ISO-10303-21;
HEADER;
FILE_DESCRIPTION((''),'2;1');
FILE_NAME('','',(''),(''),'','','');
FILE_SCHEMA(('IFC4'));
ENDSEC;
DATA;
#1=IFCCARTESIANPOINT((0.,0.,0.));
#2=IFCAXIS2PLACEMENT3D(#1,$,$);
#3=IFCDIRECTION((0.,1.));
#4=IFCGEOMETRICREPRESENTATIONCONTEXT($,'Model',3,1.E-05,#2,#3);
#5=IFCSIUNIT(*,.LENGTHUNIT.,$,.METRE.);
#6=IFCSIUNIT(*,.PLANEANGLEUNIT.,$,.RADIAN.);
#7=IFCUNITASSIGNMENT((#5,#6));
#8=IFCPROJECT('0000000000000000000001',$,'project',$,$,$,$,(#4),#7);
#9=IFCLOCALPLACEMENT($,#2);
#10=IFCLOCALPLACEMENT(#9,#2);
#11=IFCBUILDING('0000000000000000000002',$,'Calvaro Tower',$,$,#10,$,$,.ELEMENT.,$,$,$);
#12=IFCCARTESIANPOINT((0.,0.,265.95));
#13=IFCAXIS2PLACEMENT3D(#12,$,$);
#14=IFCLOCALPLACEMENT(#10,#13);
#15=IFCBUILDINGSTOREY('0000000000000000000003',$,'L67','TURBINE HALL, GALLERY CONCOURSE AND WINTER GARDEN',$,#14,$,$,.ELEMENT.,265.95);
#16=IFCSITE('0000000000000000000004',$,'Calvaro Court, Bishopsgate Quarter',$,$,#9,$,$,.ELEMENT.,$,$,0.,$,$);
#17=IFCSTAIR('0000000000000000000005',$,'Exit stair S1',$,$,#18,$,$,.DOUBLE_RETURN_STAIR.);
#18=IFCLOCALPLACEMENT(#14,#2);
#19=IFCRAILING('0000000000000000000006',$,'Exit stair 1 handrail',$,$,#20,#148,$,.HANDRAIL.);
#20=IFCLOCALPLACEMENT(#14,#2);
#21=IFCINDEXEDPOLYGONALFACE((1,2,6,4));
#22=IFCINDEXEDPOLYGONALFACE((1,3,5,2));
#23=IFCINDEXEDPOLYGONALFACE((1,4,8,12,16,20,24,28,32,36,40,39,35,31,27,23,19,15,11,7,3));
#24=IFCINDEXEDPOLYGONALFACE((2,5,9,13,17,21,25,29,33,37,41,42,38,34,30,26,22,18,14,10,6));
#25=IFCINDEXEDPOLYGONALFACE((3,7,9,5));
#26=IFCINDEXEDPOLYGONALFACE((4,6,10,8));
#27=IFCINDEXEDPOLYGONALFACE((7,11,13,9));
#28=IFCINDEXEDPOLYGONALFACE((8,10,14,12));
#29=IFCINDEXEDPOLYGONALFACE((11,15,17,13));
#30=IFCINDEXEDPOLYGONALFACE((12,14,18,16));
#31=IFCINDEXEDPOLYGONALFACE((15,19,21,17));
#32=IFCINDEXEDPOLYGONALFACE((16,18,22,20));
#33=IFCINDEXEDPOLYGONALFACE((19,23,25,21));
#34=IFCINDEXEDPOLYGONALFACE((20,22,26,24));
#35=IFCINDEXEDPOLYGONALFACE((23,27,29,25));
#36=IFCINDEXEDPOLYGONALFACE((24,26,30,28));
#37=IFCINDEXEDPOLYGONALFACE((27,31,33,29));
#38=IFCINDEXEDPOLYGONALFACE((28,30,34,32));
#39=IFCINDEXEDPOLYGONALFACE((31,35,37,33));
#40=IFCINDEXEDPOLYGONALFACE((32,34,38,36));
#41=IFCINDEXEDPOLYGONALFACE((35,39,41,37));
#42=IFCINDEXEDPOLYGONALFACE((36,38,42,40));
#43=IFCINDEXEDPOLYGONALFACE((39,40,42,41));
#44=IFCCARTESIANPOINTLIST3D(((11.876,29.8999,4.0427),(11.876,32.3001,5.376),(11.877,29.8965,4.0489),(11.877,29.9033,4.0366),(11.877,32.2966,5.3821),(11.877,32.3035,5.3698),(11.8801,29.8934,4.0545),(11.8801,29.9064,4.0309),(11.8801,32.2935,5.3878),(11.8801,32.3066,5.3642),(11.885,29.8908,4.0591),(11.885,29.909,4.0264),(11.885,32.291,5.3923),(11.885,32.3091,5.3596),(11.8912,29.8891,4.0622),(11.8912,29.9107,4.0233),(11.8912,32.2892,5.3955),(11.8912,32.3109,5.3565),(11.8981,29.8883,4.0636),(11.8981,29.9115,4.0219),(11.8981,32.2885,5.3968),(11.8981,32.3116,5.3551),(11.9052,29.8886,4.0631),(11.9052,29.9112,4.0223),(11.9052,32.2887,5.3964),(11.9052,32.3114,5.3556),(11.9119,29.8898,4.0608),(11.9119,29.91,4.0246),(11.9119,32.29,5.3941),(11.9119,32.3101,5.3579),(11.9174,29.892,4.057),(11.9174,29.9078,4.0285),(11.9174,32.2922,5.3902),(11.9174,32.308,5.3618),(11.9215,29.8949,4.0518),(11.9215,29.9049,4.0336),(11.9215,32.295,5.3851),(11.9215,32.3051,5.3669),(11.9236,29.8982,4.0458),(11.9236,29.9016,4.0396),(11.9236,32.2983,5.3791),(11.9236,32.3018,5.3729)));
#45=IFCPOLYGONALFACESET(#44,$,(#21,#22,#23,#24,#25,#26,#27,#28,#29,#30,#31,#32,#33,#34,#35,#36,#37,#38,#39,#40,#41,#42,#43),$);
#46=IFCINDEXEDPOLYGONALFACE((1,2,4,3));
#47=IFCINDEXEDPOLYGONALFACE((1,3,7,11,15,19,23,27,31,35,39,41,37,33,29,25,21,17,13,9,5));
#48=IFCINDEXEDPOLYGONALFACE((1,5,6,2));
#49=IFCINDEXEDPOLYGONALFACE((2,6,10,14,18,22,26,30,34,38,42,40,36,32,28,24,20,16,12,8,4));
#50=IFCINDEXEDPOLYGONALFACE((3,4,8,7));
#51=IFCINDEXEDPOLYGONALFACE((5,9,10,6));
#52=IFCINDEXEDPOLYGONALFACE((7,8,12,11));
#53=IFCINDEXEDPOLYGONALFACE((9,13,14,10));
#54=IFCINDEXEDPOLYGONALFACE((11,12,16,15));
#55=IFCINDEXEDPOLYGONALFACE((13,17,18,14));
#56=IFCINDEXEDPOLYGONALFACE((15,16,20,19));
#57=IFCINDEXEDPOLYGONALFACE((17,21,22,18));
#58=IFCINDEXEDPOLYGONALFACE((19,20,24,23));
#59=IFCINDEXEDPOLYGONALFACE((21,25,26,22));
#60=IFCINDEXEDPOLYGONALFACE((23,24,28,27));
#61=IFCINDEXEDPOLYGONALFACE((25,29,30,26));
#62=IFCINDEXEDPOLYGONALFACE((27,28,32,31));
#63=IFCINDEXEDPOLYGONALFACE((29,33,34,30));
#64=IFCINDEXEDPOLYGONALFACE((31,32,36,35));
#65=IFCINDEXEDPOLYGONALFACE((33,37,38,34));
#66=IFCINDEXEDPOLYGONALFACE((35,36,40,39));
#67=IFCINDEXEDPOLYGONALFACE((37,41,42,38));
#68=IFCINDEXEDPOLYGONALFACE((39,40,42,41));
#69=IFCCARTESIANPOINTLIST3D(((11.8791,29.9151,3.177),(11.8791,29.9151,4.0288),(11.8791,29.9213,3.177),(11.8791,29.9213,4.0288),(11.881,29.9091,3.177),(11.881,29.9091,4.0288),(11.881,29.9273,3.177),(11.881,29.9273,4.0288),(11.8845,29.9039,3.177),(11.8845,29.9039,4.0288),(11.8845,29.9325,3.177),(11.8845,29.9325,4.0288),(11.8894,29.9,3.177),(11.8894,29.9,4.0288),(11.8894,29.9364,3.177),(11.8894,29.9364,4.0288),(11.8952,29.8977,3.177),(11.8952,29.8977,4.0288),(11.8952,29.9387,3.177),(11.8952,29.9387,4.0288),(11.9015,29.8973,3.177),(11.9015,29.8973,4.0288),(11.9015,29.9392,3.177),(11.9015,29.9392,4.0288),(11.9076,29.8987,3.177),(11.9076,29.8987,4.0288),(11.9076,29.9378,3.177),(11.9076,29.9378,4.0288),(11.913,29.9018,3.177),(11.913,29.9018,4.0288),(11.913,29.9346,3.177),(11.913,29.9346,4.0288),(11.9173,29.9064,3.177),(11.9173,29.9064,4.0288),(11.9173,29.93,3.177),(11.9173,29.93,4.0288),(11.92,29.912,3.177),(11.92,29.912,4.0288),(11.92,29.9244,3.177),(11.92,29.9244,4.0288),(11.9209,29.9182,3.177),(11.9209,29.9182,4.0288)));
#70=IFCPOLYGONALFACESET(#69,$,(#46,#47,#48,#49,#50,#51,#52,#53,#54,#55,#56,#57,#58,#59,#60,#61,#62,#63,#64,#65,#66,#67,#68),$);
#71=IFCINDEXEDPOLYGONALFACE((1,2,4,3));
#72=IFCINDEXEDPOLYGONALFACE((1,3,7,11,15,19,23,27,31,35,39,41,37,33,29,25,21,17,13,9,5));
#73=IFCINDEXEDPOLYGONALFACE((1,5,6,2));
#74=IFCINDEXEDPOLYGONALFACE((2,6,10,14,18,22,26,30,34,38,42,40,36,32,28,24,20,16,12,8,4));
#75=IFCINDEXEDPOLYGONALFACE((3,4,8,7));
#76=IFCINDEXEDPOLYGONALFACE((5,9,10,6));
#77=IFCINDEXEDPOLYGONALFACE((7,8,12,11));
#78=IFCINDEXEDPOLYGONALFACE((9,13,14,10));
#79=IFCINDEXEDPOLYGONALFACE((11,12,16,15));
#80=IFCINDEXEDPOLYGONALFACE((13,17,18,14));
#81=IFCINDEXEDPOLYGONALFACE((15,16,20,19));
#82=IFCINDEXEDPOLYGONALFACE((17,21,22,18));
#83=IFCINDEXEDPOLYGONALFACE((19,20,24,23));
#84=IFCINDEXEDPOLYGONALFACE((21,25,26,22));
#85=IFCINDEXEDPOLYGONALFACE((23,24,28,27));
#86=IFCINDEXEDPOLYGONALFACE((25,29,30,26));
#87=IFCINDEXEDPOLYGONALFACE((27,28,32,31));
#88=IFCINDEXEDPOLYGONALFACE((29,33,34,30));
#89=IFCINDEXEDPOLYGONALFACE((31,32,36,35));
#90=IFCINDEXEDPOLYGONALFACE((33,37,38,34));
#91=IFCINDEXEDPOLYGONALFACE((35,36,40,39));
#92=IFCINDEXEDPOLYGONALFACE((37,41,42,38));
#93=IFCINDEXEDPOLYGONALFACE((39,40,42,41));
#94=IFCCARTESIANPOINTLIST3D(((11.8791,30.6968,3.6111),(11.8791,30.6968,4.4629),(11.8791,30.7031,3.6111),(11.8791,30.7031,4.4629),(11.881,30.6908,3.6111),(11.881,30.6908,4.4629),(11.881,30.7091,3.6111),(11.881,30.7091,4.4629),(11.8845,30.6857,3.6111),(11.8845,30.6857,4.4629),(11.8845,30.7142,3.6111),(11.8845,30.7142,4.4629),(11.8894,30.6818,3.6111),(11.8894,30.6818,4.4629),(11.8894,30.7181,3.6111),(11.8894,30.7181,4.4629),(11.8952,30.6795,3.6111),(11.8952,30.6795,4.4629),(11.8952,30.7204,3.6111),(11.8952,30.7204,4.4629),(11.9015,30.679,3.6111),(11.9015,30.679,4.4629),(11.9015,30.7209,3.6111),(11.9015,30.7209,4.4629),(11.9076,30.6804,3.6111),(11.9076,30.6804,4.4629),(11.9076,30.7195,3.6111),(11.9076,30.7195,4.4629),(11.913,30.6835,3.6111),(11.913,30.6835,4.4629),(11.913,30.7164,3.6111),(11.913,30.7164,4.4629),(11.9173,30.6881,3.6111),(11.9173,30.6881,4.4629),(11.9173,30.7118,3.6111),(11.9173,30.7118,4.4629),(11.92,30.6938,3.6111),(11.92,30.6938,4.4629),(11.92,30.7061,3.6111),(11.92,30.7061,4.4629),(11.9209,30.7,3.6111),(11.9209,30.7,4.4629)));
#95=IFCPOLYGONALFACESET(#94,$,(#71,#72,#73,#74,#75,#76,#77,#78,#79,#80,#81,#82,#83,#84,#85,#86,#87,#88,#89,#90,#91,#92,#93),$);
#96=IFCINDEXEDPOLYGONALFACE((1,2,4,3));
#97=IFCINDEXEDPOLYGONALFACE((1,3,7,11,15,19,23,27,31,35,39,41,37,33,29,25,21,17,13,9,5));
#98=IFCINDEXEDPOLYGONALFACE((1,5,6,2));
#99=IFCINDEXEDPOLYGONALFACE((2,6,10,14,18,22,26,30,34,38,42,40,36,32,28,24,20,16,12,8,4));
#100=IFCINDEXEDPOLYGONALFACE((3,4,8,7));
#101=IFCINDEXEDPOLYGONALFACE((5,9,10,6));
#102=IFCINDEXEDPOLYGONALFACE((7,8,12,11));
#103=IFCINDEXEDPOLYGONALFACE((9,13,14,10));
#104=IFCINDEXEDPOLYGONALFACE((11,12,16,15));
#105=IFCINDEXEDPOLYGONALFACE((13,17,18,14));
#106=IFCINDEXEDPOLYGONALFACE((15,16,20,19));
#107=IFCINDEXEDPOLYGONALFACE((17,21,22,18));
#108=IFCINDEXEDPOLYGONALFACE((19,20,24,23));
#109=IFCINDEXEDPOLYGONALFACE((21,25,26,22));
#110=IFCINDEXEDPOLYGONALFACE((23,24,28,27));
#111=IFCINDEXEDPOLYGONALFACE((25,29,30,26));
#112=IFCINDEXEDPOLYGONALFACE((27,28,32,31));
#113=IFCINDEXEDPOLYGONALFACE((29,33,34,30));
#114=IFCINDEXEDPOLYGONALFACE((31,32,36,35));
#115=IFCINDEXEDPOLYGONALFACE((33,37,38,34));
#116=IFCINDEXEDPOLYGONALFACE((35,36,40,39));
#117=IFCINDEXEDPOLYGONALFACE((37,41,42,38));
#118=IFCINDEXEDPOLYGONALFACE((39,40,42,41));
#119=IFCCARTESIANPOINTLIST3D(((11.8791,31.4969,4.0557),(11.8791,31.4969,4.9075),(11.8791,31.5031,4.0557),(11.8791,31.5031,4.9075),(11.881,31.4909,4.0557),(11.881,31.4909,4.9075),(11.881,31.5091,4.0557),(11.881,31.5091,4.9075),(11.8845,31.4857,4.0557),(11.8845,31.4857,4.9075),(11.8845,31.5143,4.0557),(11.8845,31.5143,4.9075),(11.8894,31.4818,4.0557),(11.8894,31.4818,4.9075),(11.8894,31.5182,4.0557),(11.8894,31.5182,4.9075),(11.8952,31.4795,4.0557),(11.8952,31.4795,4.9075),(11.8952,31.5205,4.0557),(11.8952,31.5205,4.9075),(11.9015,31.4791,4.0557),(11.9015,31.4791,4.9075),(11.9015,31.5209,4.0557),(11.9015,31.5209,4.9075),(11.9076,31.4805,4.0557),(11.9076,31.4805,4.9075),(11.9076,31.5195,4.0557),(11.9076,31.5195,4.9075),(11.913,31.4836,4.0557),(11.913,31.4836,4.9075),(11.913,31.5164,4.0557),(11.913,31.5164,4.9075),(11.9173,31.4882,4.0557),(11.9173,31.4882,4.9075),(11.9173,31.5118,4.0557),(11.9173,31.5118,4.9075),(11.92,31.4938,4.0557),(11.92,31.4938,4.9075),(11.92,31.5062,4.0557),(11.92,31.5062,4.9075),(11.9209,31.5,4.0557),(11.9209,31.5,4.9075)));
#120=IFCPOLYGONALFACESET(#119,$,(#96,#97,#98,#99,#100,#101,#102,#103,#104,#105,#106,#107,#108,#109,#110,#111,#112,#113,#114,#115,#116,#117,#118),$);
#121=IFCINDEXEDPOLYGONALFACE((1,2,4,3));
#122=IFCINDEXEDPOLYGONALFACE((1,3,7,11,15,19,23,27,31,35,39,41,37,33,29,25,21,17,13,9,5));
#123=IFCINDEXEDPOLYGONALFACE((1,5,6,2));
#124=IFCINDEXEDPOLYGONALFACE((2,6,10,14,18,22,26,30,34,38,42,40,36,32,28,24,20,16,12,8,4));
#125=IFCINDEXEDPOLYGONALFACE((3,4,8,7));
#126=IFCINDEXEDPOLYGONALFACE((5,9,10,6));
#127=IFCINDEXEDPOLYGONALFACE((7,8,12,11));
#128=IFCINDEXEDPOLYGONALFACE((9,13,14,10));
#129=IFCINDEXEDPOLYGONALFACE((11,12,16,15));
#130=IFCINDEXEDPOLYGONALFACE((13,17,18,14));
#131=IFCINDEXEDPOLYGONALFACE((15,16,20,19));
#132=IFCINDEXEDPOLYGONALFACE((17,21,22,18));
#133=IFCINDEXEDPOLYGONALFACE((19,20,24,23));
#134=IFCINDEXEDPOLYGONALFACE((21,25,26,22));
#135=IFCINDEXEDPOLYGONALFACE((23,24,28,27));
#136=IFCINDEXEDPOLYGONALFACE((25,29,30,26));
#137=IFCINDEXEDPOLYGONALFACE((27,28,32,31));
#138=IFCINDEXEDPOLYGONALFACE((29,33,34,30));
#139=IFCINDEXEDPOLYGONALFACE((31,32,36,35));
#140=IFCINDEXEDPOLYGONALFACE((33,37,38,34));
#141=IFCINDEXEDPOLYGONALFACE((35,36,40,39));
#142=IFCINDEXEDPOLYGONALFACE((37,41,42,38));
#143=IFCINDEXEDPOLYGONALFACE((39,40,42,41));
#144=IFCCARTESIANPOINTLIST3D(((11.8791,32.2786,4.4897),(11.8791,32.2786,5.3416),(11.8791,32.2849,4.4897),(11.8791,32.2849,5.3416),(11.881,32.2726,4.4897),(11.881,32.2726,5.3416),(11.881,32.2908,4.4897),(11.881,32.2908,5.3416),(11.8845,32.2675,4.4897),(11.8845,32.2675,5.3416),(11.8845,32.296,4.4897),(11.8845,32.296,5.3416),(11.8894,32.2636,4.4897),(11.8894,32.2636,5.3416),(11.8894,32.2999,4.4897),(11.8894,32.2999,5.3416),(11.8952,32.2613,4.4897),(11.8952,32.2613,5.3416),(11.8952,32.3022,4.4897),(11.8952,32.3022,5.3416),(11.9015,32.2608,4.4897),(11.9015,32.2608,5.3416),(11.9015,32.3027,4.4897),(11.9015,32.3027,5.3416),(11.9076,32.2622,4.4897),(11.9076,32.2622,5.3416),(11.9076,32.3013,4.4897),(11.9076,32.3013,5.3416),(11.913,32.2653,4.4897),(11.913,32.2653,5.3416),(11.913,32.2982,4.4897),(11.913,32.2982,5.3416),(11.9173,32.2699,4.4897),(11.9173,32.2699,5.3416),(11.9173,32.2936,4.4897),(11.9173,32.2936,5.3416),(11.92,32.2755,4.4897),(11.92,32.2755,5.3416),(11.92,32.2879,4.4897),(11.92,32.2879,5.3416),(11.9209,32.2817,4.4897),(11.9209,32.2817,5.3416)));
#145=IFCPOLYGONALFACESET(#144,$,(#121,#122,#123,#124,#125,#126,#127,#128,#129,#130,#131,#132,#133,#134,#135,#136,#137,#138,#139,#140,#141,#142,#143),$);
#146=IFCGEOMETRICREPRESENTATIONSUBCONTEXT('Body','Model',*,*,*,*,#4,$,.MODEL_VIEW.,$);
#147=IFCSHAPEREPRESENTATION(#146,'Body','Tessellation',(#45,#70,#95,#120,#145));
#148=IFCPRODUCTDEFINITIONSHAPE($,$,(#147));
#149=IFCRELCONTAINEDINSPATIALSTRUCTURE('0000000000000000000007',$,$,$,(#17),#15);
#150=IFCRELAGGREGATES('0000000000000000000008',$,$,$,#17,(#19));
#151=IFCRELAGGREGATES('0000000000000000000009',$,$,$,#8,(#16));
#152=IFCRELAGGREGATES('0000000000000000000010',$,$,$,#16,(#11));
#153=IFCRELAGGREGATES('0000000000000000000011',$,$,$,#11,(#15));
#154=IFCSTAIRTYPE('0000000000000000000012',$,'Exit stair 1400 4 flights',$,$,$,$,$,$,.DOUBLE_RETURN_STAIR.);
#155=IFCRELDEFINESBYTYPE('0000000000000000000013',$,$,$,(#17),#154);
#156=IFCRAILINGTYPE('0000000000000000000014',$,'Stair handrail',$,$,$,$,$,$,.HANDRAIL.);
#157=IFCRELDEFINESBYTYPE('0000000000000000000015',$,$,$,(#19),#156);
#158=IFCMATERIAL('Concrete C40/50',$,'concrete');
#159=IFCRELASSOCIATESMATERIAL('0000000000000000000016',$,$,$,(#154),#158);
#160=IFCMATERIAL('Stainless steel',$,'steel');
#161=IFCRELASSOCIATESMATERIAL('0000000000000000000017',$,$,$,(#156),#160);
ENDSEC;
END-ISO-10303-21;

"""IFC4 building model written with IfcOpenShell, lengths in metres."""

from ifc_helpers import new_model, si_unit, direction, frame, origin, origin_2d, place, context, subcontext, project, spatial, circle, extrude, material, type_object, element, aggregate, save


model = new_model("IFC4")

# Units and contexts
model_context = context("Model", 3, precision=1e-05, world=origin(), true_north=direction((0.0, 1.0)))
body_context = subcontext(model_context, "Body", "Model", "MODEL_VIEW")
ifc_project = project(units=[si_unit("LENGTHUNIT", "METRE"), si_unit("PLANEANGLEUNIT", "RADIAN")], contexts=[model_context])

# Site, building, storey
site_placement = place(None, origin())
site = spatial("IfcSite", under=ifc_project, at=site_placement, Name="Calvaro Court, Bishopsgate Quarter", CompositionType="ELEMENT", RefElevation=0.0)
building_placement = place(site_placement, origin())
building = spatial("IfcBuilding", under=site, at=building_placement, Name="Calvaro Tower", CompositionType="ELEMENT")
storey_placement = place(building_placement, frame((0.0, 0.0, 265.95)))
storey = spatial("IfcBuildingStorey", under=building, at=storey_placement, Name="L67", Description="TURBINE HALL, GALLERY CONCOURSE AND WINTER GARDEN", CompositionType="ELEMENT", Elevation=265.95)

# Stair, railing
ifc_material_1 = material(Name="Concrete C40/50", Category="concrete")
stair_type = type_object("IfcStairType", Name="Exit stair 1400 4 flights", PredefinedType="DOUBLE_RETURN_STAIR", material=ifc_material_1)
stair_placement = place(storey_placement, origin())
stair = element("IfcStair", 1, at=stair_placement, inside=storey, type_object=stair_type, Name="Exit stair S1", PredefinedType="DOUBLE_RETURN_STAIR")
ifc_material_2 = material(Name="Stainless steel", Category="steel")
railing_type = type_object("IfcRailingType", Name="Stair handrail", PredefinedType="HANDRAIL", material=ifc_material_2)
railing_1_placement = place(storey_placement, frame((11.8999, 29.8999, 3.1667)))
railing_1 = element("IfcRailing", 2, at=railing_1_placement, type_object=railing_type, Name="Exit stair 1 handrail", PredefinedType="HANDRAIL", context=body_context, shape_type="SweptSolid", body=[
    extrude(circle(Radius=0.0239, at=origin_2d()), frame((0.0, 0.0, 0.876), z_axis=(0.0, 0.874182, 0.485598), x_axis=(-1.0, 0.0, 0.0)), (0.0, 0.0, 1.0), 2.7456),
    extrude(circle(Radius=0.021, at=origin_2d()), frame((0.0, 0.0183, 0.0103)), (0.0, 0.0, 1.0), 0.8518),
    extrude(circle(Radius=0.021, at=origin_2d()), frame((0.0, 0.8, 0.4443)), (0.0, 0.0, 1.0), 0.8518),
    extrude(circle(Radius=0.021, at=origin_2d()), frame((0.0, 1.6001, 0.8889)), (0.0, 0.0, 1.0), 0.8518),
    extrude(circle(Radius=0.021, at=origin_2d()), frame((0.0, 2.3818, 1.323)), (0.0, 0.0, 1.0), 0.8518),
])
aggregate(stair, [railing_1])

save(model, "model.ifc")
